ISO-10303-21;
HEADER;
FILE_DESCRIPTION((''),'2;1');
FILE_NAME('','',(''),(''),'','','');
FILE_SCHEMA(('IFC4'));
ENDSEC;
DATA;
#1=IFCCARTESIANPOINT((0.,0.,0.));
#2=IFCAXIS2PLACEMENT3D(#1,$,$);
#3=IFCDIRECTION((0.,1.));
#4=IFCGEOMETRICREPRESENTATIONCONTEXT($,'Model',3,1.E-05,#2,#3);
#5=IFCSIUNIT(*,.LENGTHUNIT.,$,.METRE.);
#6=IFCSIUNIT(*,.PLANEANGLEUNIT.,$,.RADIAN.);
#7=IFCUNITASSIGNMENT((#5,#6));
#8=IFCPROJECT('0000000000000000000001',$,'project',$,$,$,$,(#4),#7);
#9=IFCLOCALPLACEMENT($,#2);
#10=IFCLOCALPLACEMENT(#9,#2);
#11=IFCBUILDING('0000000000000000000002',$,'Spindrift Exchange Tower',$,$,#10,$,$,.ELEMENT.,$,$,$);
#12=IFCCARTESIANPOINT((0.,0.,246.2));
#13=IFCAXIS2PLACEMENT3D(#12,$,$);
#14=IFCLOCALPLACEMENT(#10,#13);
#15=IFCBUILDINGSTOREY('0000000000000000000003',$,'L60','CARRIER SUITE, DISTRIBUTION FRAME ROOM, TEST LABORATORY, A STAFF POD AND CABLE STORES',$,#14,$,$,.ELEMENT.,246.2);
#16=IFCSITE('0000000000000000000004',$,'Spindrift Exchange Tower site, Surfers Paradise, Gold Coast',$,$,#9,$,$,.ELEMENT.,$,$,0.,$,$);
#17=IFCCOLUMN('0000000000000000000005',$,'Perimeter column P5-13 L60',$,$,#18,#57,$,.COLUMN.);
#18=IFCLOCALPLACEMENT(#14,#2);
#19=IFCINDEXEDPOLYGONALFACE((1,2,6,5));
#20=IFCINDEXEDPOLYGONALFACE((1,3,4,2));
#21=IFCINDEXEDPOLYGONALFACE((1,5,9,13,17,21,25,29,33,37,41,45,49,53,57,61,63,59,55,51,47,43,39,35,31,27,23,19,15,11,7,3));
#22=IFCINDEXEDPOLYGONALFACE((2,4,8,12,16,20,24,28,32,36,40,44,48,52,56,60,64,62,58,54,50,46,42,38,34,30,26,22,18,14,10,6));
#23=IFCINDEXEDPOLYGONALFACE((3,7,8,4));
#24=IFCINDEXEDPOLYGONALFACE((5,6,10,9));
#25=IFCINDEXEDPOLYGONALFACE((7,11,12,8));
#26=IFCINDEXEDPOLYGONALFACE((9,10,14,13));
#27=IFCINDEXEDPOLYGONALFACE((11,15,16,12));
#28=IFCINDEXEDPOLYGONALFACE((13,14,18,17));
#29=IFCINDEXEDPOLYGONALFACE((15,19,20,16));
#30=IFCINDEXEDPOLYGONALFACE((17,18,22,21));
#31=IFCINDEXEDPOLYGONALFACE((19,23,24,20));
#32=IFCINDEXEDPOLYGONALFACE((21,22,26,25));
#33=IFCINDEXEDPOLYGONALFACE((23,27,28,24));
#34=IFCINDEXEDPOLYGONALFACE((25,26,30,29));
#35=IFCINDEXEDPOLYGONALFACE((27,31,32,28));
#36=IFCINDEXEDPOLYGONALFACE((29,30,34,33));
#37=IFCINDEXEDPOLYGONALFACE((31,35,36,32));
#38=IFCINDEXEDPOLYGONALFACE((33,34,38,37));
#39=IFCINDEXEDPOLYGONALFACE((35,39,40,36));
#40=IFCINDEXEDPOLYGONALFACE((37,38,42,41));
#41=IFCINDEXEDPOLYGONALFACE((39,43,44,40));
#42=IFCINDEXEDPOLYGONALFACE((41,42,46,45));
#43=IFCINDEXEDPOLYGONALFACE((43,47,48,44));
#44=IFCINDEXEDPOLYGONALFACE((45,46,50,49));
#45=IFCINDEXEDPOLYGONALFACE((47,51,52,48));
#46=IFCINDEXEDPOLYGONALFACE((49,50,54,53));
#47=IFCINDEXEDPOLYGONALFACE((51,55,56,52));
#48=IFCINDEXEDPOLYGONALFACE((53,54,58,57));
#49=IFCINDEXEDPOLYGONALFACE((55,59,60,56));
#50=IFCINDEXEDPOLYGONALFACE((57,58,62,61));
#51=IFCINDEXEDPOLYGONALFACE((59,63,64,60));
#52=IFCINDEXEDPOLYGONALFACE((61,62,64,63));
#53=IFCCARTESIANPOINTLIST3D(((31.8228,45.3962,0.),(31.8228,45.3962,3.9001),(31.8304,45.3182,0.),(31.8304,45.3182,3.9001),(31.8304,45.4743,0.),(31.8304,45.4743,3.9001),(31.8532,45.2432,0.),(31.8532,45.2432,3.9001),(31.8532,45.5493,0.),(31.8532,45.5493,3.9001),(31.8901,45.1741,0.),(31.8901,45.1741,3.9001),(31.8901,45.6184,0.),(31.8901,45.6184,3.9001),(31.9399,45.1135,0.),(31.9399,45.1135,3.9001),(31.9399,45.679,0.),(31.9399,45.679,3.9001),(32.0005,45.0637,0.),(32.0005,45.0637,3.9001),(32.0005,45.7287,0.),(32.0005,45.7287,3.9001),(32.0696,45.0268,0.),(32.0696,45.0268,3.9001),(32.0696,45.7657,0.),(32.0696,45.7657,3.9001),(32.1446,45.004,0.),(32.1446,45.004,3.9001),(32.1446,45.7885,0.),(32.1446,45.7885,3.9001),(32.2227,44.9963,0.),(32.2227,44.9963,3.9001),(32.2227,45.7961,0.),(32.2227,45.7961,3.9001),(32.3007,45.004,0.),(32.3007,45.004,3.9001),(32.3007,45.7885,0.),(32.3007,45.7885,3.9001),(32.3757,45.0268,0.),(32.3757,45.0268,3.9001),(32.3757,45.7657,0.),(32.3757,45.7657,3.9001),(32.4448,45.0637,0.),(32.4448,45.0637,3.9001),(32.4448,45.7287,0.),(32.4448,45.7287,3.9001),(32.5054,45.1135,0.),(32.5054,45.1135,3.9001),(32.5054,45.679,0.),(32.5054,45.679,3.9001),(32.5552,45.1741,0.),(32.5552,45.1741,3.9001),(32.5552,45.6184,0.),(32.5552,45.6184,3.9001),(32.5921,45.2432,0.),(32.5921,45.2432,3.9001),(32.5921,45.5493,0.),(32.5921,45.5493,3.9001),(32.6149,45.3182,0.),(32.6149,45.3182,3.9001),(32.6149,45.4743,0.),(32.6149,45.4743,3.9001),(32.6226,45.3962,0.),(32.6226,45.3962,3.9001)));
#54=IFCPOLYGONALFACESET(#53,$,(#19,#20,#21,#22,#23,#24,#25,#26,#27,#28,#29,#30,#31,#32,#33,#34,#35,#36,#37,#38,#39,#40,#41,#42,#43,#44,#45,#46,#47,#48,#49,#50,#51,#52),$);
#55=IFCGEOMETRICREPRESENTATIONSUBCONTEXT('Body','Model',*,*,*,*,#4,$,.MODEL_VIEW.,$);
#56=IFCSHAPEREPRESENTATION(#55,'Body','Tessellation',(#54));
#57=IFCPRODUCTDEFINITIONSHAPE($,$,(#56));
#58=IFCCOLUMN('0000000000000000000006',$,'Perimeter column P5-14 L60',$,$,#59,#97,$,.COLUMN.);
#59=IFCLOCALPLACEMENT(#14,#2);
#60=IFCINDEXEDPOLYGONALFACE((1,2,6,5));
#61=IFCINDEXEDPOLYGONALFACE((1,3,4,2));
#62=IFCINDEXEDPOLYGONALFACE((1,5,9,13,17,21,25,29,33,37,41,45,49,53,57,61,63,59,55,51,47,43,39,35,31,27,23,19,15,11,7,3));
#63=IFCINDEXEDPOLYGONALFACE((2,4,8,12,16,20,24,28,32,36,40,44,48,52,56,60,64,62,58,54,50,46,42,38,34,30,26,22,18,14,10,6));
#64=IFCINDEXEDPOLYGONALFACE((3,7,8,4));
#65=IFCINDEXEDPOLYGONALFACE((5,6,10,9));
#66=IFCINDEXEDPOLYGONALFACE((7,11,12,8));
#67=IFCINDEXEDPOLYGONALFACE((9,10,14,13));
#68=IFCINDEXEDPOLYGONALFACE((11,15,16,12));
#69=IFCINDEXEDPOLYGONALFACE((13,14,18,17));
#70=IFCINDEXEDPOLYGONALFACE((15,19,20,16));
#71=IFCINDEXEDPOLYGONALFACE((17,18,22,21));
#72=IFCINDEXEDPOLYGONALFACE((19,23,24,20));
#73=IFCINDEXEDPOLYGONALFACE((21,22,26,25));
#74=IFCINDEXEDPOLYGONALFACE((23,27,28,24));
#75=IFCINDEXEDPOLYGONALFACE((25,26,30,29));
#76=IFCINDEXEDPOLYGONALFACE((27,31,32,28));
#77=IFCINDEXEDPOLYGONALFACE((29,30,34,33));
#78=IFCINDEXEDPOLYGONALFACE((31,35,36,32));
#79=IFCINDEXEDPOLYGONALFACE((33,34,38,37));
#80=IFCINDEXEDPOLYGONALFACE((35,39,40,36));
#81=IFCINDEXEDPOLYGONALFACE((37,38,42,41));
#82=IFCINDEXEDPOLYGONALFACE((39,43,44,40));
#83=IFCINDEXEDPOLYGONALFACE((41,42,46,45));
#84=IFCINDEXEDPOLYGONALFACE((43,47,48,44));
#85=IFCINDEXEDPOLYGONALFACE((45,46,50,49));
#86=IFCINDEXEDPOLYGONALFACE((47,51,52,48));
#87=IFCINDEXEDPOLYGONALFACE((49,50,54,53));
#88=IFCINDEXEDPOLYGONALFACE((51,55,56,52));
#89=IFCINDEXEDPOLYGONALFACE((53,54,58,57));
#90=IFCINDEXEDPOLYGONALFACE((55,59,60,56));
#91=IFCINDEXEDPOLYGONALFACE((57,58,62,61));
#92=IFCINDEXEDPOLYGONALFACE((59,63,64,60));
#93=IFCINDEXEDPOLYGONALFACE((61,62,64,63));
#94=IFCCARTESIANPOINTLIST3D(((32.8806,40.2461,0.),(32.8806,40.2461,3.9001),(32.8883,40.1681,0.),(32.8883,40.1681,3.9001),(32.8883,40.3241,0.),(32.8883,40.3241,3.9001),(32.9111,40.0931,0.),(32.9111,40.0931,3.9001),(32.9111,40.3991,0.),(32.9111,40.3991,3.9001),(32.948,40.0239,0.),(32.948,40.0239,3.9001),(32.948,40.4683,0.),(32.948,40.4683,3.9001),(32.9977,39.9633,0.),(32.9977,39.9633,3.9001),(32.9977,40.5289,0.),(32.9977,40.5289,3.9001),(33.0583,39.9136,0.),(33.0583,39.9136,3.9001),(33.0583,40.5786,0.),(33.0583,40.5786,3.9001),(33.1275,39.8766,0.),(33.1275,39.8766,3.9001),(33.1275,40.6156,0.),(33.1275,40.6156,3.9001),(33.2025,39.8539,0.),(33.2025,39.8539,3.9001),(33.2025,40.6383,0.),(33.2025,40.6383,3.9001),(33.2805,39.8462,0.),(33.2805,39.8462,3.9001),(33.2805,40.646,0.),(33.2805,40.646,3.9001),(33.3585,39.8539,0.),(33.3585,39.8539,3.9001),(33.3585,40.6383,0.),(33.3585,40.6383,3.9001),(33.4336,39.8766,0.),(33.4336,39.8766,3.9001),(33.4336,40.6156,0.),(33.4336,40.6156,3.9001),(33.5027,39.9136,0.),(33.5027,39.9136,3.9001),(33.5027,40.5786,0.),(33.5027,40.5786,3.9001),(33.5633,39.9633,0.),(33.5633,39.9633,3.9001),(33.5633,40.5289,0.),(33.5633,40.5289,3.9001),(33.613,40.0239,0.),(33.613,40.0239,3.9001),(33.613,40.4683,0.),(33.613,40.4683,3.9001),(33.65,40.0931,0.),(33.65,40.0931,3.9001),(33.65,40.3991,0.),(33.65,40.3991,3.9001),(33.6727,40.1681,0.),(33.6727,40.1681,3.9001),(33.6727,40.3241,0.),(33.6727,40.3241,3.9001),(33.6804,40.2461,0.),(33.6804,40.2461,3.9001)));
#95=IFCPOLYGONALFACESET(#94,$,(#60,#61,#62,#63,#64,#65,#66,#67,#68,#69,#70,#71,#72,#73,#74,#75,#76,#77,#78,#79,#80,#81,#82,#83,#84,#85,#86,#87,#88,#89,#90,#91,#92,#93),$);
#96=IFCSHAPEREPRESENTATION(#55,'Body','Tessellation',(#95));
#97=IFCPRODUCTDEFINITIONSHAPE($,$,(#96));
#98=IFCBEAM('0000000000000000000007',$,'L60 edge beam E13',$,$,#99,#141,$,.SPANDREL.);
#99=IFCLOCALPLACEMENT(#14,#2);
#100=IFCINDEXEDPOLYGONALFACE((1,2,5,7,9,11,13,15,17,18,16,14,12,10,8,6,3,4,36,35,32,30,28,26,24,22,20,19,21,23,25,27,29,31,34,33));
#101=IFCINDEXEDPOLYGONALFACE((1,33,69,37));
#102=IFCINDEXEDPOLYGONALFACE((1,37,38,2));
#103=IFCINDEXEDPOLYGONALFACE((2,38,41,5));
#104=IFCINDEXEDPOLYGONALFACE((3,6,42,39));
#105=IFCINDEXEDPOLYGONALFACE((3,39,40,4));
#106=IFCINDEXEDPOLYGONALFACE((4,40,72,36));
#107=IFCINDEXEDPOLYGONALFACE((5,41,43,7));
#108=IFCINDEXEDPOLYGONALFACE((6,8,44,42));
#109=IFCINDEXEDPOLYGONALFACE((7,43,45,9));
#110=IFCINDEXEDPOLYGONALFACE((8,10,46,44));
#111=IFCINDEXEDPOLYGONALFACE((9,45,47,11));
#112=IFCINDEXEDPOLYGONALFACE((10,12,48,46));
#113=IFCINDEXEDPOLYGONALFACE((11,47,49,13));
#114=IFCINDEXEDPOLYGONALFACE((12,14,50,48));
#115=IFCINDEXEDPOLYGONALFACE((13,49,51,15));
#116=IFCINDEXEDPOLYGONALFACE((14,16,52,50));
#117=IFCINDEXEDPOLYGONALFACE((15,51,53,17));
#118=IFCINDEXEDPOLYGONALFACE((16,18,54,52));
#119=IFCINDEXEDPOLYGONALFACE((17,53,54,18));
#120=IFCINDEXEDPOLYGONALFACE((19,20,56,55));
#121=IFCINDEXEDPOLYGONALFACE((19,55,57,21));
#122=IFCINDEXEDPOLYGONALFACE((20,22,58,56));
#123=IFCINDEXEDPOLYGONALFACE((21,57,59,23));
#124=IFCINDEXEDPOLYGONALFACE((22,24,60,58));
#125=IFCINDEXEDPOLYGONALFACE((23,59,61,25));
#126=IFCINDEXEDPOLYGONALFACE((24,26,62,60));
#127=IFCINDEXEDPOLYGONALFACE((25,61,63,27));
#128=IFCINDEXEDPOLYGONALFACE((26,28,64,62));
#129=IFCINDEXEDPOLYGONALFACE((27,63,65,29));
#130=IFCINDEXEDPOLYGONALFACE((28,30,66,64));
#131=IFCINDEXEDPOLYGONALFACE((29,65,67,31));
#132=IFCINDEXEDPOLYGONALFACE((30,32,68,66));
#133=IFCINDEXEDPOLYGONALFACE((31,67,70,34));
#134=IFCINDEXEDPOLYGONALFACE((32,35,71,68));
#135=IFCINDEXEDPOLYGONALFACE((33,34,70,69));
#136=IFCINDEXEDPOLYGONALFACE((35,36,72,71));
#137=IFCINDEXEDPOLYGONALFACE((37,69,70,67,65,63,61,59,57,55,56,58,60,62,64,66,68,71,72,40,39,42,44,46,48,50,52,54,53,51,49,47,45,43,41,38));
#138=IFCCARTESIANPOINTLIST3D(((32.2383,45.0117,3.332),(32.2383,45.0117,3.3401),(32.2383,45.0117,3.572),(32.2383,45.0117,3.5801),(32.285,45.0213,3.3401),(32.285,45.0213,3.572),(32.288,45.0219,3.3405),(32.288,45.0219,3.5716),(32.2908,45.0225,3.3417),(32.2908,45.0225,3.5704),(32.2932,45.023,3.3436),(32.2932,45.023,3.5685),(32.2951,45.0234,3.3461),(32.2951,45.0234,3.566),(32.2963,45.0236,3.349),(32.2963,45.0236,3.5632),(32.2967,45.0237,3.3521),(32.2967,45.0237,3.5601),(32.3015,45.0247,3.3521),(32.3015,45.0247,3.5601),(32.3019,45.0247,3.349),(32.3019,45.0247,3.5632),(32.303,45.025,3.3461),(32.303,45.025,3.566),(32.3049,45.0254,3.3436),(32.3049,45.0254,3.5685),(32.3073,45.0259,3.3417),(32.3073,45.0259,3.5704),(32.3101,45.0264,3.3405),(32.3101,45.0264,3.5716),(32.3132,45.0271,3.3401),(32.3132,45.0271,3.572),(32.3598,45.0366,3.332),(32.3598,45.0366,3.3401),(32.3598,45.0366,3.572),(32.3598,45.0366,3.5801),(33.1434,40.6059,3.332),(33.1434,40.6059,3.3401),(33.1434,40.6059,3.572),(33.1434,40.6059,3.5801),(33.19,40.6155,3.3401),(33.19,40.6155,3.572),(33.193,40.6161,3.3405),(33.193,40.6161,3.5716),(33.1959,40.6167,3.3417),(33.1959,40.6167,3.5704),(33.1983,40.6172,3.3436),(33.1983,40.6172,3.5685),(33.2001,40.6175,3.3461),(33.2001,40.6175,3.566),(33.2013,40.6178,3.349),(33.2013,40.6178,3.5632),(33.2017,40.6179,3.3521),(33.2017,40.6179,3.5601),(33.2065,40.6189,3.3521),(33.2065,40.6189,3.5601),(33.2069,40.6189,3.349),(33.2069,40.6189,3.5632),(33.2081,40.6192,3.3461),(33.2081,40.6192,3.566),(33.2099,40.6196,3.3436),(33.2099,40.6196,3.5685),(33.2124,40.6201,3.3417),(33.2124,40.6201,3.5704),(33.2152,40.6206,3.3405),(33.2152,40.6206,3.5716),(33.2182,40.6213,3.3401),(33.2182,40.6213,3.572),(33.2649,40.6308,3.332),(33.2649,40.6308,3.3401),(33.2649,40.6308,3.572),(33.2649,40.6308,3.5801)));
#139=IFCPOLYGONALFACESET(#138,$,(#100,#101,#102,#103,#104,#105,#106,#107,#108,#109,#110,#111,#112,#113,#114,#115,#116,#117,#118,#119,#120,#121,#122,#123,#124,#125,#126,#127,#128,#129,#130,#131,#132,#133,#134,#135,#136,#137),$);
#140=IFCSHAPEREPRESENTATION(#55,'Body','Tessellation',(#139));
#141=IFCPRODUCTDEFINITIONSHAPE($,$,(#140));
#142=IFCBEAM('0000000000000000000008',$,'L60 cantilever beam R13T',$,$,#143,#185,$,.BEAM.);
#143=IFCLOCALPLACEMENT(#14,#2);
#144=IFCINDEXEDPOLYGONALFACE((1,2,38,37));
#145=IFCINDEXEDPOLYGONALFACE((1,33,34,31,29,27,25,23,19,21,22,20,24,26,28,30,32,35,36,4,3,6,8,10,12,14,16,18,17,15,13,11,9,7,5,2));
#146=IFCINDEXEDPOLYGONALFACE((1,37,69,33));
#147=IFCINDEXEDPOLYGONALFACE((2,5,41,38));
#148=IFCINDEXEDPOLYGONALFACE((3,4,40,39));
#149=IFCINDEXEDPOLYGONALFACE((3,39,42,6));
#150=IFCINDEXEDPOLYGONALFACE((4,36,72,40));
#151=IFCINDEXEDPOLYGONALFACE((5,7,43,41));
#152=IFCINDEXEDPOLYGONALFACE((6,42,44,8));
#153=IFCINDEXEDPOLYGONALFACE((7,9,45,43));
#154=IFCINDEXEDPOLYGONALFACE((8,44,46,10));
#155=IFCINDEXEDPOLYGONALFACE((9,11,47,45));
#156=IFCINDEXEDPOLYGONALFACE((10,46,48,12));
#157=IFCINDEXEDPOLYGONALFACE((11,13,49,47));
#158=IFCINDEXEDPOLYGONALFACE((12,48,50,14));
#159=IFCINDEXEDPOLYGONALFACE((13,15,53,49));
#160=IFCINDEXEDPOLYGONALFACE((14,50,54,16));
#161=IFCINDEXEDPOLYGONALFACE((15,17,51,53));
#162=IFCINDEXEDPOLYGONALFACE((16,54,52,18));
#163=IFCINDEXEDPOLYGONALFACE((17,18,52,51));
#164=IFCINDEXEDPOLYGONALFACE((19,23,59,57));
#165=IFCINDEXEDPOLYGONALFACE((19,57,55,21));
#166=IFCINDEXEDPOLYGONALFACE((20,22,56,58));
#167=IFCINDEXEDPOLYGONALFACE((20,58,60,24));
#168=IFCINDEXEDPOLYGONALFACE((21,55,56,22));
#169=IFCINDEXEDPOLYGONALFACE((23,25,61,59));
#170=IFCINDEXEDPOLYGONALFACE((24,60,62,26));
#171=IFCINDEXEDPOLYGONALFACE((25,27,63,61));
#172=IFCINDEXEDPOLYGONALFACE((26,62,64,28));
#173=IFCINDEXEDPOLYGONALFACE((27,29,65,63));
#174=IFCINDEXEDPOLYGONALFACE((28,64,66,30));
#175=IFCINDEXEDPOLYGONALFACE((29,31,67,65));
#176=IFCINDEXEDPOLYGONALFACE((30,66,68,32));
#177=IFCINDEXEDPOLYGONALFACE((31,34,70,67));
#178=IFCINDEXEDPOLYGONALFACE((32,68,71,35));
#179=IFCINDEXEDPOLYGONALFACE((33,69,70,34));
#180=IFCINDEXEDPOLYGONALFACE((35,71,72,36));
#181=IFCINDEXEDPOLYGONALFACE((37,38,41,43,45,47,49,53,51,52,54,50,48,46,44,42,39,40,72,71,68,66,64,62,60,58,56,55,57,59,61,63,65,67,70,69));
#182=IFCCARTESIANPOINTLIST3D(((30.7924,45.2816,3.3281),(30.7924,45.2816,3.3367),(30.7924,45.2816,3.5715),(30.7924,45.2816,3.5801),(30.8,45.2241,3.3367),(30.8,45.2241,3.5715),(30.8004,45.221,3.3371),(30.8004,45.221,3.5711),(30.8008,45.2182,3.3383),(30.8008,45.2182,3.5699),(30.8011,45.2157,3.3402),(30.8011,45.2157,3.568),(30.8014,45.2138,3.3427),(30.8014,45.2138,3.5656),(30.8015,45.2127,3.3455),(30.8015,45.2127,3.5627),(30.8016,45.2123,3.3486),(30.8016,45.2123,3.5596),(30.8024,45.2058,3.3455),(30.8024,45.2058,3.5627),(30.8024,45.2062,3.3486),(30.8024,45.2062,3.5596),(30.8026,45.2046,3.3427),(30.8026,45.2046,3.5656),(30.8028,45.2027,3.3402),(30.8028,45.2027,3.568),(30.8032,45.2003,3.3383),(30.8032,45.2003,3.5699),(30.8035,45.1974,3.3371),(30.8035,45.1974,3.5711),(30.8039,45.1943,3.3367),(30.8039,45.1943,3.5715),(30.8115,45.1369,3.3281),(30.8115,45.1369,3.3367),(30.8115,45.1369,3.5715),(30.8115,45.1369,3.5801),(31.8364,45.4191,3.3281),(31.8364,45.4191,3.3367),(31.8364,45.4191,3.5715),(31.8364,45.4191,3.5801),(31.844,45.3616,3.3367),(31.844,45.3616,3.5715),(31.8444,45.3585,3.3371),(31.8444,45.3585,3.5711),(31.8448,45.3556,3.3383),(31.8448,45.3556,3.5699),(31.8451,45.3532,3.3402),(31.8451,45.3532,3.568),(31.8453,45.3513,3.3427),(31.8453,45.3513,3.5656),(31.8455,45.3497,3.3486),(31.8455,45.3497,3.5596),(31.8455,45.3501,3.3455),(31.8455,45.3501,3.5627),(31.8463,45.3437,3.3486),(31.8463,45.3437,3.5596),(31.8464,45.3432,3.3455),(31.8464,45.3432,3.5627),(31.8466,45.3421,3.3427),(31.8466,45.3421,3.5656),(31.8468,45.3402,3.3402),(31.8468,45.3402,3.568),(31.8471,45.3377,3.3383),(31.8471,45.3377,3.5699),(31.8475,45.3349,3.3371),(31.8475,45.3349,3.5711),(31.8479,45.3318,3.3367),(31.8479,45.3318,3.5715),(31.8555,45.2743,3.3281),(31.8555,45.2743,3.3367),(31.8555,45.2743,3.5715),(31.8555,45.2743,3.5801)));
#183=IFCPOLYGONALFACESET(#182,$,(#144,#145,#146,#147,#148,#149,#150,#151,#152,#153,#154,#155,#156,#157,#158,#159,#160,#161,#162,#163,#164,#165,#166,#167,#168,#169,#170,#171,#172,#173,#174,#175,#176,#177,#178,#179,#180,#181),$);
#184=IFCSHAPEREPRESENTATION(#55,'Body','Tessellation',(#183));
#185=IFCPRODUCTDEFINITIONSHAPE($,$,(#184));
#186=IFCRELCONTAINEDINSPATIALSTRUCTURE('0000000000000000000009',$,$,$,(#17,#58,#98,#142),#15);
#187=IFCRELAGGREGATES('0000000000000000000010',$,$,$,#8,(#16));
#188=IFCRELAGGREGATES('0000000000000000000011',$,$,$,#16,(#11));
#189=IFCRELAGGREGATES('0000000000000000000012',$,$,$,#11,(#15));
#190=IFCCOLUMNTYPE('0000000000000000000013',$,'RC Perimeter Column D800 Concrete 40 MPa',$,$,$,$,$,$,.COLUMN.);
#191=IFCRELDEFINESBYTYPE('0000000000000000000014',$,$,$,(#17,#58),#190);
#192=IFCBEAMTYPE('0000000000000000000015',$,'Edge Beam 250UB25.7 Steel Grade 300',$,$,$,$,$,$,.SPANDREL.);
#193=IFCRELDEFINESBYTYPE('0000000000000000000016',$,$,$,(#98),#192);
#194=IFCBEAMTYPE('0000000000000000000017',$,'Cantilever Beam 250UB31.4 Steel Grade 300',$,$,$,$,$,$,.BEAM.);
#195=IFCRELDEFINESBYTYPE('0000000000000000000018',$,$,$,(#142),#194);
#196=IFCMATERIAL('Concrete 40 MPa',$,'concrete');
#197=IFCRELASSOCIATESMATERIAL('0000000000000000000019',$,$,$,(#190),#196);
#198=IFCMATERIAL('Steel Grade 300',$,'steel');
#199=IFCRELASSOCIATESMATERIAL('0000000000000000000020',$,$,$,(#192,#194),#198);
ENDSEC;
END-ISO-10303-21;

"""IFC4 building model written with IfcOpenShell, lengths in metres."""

from ifc_helpers import new_model, si_unit, direction, frame, origin, origin_2d, place, context, subcontext, project, spatial, circle, i_section, extrude, source, transform, mapped, material, material_profile, profile_set, type_object, element, save


model = new_model("IFC4")

# Units and contexts
model_context = context("Model", 3, precision=1e-05, world=origin(), true_north=direction((0.0, 1.0)))
body_context = subcontext(model_context, "Body", "Model", "MODEL_VIEW")
ifc_project = project(units=[si_unit("LENGTHUNIT", "METRE"), si_unit("PLANEANGLEUNIT", "RADIAN")], contexts=[model_context])

# Site, building, storey
site_placement = place(None, origin())
site = spatial("IfcSite", under=ifc_project, at=site_placement, Name="Spindrift Exchange Tower site, Surfers Paradise, Gold Coast", CompositionType="ELEMENT", RefElevation=0.0)
building_placement = place(site_placement, origin())
building = spatial("IfcBuilding", under=site, at=building_placement, Name="Spindrift Exchange Tower", CompositionType="ELEMENT")
storey_placement = place(building_placement, frame((0.0, 0.0, 246.2)))
storey = spatial("IfcBuildingStorey", under=building, at=storey_placement, Name="L60", Description="CARRIER SUITE, DISTRIBUTION FRAME ROOM, TEST LABORATORY, A STAFF POD AND CABLE STORES", CompositionType="ELEMENT", Elevation=246.2)

# Columns
ifc_material_1 = material(Name="Concrete 40 MPa", Category="concrete")
ifc_material_profile_1 = material_profile(ifc_material_1, circle(Radius=0.3999, at=origin_2d()), Name="RC D800")
ifc_profile_set_1 = profile_set([ifc_material_profile_1], Name="Concrete 40 MPa")
column_type = type_object("IfcColumnType", Name="RC Perimeter Column D800 Concrete 40 MPa", PredefinedType="COLUMN", material=ifc_profile_set_1)
shared_shape_1 = source(origin(), body_context, "Body", "SweptSolid", [
    extrude(circle(Radius=0.3999, at=origin_2d()), origin(), (0.0, 0.0, 1.0), 3.9001),
])
for number, where, z_axis, x_axis, name in (
    (1, (32.2227, 45.3962, 0.0), (0.0, 0.0, 1.0), (1.0, 0.0, 0.0), "Perimeter column P5-13 L60"),
    (2, (33.2805, 40.2461, 0.0), (0.0, 0.0, 1.0), (1.0, 0.0, 0.0), "Perimeter column P5-14 L60"),
):
    element("IfcColumn", number, at=place(storey_placement, frame(where, z_axis=z_axis, x_axis=x_axis)), inside=storey, type_object=column_type, Name=name, PredefinedType="COLUMN", context=body_context, shape_type="MappedRepresentation", body=[
        mapped(shared_shape_1, transform((0.0, 0.0, 0.0), scale=1.0)),
    ])

# Beams
ifc_material_2 = material(Name="Steel Grade 300", Category="steel")
ifc_material_profile_2 = material_profile(ifc_material_2, i_section(OverallWidth=0.124, OverallDepth=0.248, WebThickness=0.0049, FlangeThickness=0.0081, FilletRadius=0.012, at=origin_2d()), Name="250UB25.7")
ifc_profile_set_2 = profile_set([ifc_material_profile_2], Name="Steel Grade 300")
beam_type_1 = type_object("IfcBeamType", Name="Edge Beam 250UB25.7 Steel Grade 300", PredefinedType="SPANDREL", material=ifc_profile_set_2)
shared_shape_2 = source(origin(), body_context, "Body", "SweptSolid", [
    extrude(i_section(OverallWidth=0.124, OverallDepth=0.248, WebThickness=0.0049, FlangeThickness=0.0081, FilletRadius=0.012, at=origin_2d()), origin(), (0.0, 0.0, 1.0), 4.4978),
])
beam_1_placement = place(storey_placement, frame((32.2991, 45.0242, 3.4561), z_axis=(0.201218, -0.979546, 0.0), x_axis=(0.979546, 0.201218, 0.0)))
element("IfcBeam", 3, at=beam_1_placement, inside=storey, type_object=beam_type_1, Name="L60 edge beam E13", PredefinedType="SPANDREL", context=body_context, shape_type="MappedRepresentation", body=[
    mapped(shared_shape_2, transform((0.0, 0.0, 0.0), scale=1.0)),
])
ifc_material_profile_3 = material_profile(ifc_material_2, i_section(OverallWidth=0.146, OverallDepth=0.252, WebThickness=0.0061, FlangeThickness=0.0085, FilletRadius=0.012, at=origin_2d()), Name="250UB31.4")
ifc_profile_set_3 = profile_set([ifc_material_profile_3], Name="Steel Grade 300")
beam_type_2 = type_object("IfcBeamType", Name="Cantilever Beam 250UB31.4 Steel Grade 300", PredefinedType="BEAM", material=ifc_profile_set_3)
shared_shape_3 = source(origin(), body_context, "Body", "SweptSolid", [
    extrude(i_section(OverallWidth=0.146, OverallDepth=0.252, WebThickness=0.0061, FlangeThickness=0.0085, FilletRadius=0.012, at=origin_2d()), origin(), (0.0, 0.0, 1.0), 1.053),
])
beam_2_placement = place(storey_placement, frame((31.8459, 45.3467, 3.4541), z_axis=(-0.991443, -0.130538, 0.0), x_axis=(0.130538, -0.991443, 0.0)))
element("IfcBeam", 4, at=beam_2_placement, inside=storey, type_object=beam_type_2, Name="L60 cantilever beam R13T", PredefinedType="BEAM", context=body_context, shape_type="MappedRepresentation", body=[
    mapped(shared_shape_3, transform((0.0, 0.0, 0.0), scale=1.0)),
])

save(model, "model.ifc")
